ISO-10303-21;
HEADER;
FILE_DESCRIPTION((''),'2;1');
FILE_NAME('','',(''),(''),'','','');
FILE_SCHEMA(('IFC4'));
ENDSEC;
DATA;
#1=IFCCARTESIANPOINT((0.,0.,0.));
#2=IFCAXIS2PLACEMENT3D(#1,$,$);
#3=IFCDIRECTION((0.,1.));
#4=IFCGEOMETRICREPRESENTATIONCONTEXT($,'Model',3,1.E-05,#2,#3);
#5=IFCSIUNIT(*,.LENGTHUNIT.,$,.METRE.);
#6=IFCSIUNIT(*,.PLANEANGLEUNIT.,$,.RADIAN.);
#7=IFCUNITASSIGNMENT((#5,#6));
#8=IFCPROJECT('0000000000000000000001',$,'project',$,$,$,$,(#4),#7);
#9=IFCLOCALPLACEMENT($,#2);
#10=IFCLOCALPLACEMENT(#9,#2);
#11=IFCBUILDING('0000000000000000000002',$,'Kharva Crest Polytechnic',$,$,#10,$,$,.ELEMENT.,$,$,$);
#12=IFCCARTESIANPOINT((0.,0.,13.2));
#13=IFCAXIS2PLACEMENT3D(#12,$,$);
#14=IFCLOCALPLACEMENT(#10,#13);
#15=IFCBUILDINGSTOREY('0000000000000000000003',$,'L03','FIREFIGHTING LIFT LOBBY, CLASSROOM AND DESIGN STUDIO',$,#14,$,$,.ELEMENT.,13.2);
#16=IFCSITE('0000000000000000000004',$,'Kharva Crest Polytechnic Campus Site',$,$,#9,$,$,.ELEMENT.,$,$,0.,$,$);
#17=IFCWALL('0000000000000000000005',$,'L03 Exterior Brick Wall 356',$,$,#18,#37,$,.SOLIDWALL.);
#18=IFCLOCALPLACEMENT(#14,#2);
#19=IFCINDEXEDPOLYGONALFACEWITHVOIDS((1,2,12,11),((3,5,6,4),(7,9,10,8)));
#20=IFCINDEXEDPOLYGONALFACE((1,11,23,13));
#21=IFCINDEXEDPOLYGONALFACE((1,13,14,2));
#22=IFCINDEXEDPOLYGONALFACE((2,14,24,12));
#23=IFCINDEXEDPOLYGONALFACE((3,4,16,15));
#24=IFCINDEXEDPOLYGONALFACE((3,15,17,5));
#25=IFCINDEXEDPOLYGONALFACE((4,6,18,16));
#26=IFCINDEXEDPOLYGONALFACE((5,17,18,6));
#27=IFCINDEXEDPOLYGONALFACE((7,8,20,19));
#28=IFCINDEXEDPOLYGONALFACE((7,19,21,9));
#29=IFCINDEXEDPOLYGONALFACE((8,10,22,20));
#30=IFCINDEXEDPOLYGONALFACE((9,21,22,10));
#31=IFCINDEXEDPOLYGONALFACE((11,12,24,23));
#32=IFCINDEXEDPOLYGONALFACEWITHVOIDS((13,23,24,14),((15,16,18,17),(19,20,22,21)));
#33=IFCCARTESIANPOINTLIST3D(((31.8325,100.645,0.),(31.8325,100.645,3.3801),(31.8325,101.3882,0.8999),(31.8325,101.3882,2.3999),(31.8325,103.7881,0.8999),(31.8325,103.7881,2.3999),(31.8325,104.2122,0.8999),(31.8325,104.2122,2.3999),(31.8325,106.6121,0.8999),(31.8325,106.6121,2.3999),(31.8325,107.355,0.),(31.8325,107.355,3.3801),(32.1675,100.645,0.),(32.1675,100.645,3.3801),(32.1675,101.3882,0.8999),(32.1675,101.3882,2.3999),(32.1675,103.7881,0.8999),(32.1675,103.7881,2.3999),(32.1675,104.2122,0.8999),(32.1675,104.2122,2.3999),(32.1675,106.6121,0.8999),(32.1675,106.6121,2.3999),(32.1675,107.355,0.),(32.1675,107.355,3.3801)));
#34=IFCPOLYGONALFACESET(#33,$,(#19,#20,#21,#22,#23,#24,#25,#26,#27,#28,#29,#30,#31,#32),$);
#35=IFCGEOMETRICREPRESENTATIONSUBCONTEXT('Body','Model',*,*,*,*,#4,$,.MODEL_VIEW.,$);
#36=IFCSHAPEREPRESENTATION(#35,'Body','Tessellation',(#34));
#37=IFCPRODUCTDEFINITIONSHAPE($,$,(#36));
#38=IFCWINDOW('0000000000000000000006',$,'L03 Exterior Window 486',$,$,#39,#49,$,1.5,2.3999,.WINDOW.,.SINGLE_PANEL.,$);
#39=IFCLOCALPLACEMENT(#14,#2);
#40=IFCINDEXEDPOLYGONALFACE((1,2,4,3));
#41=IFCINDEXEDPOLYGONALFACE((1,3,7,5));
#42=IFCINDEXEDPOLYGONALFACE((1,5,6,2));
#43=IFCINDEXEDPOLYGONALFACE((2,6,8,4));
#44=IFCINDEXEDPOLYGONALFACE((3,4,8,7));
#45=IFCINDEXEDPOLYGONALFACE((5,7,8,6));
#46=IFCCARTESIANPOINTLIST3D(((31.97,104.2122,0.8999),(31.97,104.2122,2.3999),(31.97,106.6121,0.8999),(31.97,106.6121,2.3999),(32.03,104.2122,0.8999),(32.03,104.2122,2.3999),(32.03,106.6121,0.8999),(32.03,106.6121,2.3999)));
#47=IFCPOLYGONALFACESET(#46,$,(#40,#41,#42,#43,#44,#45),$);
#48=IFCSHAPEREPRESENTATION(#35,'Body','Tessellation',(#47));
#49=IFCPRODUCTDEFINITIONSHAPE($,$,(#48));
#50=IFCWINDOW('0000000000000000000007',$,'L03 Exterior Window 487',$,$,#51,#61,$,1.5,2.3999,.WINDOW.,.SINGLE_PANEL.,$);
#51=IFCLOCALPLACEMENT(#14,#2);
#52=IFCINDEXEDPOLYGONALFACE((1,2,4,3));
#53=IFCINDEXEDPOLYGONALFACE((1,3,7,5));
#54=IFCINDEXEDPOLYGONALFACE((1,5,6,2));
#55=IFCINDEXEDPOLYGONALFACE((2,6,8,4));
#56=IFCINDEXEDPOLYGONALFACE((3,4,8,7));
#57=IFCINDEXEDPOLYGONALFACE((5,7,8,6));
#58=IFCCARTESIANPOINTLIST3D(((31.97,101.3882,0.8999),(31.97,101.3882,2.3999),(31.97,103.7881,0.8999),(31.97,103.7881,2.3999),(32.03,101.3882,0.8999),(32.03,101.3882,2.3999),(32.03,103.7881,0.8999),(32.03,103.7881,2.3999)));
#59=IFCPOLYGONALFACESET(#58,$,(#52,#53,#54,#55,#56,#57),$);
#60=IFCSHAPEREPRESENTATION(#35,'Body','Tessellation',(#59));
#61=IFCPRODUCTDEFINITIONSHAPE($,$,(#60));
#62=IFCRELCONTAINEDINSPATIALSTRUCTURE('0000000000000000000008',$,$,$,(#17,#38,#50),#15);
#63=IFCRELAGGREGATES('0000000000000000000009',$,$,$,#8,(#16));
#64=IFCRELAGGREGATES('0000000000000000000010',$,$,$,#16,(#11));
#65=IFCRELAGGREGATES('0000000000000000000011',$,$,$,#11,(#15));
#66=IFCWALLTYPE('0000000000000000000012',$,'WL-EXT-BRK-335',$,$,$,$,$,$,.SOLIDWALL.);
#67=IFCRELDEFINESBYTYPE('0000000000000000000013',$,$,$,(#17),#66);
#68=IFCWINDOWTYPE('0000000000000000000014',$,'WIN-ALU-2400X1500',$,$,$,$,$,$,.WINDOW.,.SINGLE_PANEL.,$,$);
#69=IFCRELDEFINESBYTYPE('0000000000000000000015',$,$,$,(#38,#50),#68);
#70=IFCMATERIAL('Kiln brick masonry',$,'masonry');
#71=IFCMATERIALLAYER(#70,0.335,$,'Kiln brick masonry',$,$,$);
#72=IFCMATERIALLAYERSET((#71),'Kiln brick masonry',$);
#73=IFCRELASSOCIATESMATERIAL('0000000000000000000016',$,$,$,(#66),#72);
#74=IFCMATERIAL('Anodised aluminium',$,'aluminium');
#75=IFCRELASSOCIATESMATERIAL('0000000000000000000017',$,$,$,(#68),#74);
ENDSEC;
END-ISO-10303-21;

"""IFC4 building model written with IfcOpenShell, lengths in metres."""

from ifc_helpers import new_model, si_unit, direction, frame, frame_2d, origin, place, context, subcontext, project, spatial, rectangle, extrude, material, layer, layer_set, type_object, element, fill, save


model = new_model("IFC4")

# Units and contexts
model_context = context("Model", 3, precision=1e-05, world=origin(), true_north=direction((0.0, 1.0)))
body_context = subcontext(model_context, "Body", "Model", "MODEL_VIEW")
ifc_project = project(units=[si_unit("LENGTHUNIT", "METRE"), si_unit("PLANEANGLEUNIT", "RADIAN")], contexts=[model_context])

# Site, building, storey
site_placement = place(None, origin())
site = spatial("IfcSite", under=ifc_project, at=site_placement, Name="Kharva Crest Polytechnic Campus Site", CompositionType="ELEMENT", RefElevation=0.0)
building_placement = place(site_placement, origin())
building = spatial("IfcBuilding", under=site, at=building_placement, Name="Kharva Crest Polytechnic", CompositionType="ELEMENT")
storey_placement = place(building_placement, frame((0.0, 0.0, 13.2)))
storey = spatial("IfcBuildingStorey", under=building, at=storey_placement, Name="L03", Description="FIREFIGHTING LIFT LOBBY, CLASSROOM AND DESIGN STUDIO", CompositionType="ELEMENT", Elevation=13.2)

# Wall, openings, windows
ifc_material_1 = material(Name="Kiln brick masonry", Category="masonry")
ifc_layer_1 = layer(ifc_material_1, 0.335, Name="Kiln brick masonry")
ifc_layer_set_1 = layer_set([ifc_layer_1], Name="Kiln brick masonry")
wall_type = type_object("IfcWallType", Name="WL-EXT-BRK-335", PredefinedType="SOLIDWALL", material=ifc_layer_set_1)
wall_placement = place(storey_placement, frame((32.0, 107.355, 0.0), z_axis=(0.0, 0.0, 1.0), x_axis=(0.0, -1.0, 0.0)))
wall = element("IfcWall", 1, at=wall_placement, inside=storey, type_object=wall_type, Name="L03 Exterior Brick Wall 356", PredefinedType="SOLIDWALL", context=body_context, shape_type="SweptSolid", body=[
    extrude(rectangle(XDim=6.71, YDim=0.335, at=frame_2d((3.355, 0.0))), origin(), (0.0, 0.0, 1.0), 3.3801),
])
opening_1_placement = place(wall_placement, frame((0.7429, 0.0, 0.8999)))
opening_1 = element("IfcOpeningElement", 2, at=opening_1_placement, cuts=wall, PredefinedType="OPENING", context=body_context, shape_type="SweptSolid", body=[
    extrude(rectangle(XDim=2.3999, YDim=1.5, at=frame_2d((1.2, 0.75))), frame((0.0, 0.1775, 0.0), z_axis=(0.0, -1.0, 0.0), x_axis=(1.0, 0.0, 0.0)), (0.0, 0.0, 1.0), 0.355),
])
opening_2_placement = place(wall_placement, frame((3.5669, 0.0, 0.8999)))
opening_2 = element("IfcOpeningElement", 3, at=opening_2_placement, cuts=wall, PredefinedType="OPENING", context=body_context, shape_type="SweptSolid", body=[
    extrude(rectangle(XDim=2.3999, YDim=1.5, at=frame_2d((1.2, 0.75))), frame((0.0, 0.1775, 0.0), z_axis=(0.0, -1.0, 0.0), x_axis=(1.0, 0.0, 0.0)), (0.0, 0.0, 1.0), 0.355),
])
ifc_material_2 = material(Name="Anodised aluminium", Category="aluminium")
window_type = type_object("IfcWindowType", Name="WIN-ALU-2400X1500", PartitioningType="SINGLE_PANEL", PredefinedType="WINDOW", material=ifc_material_2)
window_1_placement = place(opening_1_placement, origin())
window_1 = element("IfcWindow", 4, at=window_1_placement, inside=storey, type_object=window_type, Name="L03 Exterior Window 486", OverallHeight=1.5, OverallWidth=2.3999, PartitioningType="SINGLE_PANEL", PredefinedType="WINDOW", context=body_context, shape_type="SweptSolid", body=[
    extrude(rectangle(XDim=2.3999, YDim=1.5, at=frame_2d((1.2, 0.75))), frame((0.0, 0.03, 0.0), z_axis=(0.0, -1.0, 0.0), x_axis=(1.0, 0.0, 0.0)), (0.0, 0.0, 1.0), 0.0601),
])
fill(opening_1, window_1)
window_2_placement = place(opening_2_placement, origin())
window_2 = element("IfcWindow", 5, at=window_2_placement, inside=storey, type_object=window_type, Name="L03 Exterior Window 487", OverallHeight=1.5, OverallWidth=2.3999, PartitioningType="SINGLE_PANEL", PredefinedType="WINDOW", context=body_context, shape_type="SweptSolid", body=[
    extrude(rectangle(XDim=2.3999, YDim=1.5, at=frame_2d((1.2, 0.75))), frame((0.0, 0.03, 0.0), z_axis=(0.0, -1.0, 0.0), x_axis=(1.0, 0.0, 0.0)), (0.0, 0.0, 1.0), 0.0601),
])
fill(opening_2, window_2)

save(model, "model.ifc")
